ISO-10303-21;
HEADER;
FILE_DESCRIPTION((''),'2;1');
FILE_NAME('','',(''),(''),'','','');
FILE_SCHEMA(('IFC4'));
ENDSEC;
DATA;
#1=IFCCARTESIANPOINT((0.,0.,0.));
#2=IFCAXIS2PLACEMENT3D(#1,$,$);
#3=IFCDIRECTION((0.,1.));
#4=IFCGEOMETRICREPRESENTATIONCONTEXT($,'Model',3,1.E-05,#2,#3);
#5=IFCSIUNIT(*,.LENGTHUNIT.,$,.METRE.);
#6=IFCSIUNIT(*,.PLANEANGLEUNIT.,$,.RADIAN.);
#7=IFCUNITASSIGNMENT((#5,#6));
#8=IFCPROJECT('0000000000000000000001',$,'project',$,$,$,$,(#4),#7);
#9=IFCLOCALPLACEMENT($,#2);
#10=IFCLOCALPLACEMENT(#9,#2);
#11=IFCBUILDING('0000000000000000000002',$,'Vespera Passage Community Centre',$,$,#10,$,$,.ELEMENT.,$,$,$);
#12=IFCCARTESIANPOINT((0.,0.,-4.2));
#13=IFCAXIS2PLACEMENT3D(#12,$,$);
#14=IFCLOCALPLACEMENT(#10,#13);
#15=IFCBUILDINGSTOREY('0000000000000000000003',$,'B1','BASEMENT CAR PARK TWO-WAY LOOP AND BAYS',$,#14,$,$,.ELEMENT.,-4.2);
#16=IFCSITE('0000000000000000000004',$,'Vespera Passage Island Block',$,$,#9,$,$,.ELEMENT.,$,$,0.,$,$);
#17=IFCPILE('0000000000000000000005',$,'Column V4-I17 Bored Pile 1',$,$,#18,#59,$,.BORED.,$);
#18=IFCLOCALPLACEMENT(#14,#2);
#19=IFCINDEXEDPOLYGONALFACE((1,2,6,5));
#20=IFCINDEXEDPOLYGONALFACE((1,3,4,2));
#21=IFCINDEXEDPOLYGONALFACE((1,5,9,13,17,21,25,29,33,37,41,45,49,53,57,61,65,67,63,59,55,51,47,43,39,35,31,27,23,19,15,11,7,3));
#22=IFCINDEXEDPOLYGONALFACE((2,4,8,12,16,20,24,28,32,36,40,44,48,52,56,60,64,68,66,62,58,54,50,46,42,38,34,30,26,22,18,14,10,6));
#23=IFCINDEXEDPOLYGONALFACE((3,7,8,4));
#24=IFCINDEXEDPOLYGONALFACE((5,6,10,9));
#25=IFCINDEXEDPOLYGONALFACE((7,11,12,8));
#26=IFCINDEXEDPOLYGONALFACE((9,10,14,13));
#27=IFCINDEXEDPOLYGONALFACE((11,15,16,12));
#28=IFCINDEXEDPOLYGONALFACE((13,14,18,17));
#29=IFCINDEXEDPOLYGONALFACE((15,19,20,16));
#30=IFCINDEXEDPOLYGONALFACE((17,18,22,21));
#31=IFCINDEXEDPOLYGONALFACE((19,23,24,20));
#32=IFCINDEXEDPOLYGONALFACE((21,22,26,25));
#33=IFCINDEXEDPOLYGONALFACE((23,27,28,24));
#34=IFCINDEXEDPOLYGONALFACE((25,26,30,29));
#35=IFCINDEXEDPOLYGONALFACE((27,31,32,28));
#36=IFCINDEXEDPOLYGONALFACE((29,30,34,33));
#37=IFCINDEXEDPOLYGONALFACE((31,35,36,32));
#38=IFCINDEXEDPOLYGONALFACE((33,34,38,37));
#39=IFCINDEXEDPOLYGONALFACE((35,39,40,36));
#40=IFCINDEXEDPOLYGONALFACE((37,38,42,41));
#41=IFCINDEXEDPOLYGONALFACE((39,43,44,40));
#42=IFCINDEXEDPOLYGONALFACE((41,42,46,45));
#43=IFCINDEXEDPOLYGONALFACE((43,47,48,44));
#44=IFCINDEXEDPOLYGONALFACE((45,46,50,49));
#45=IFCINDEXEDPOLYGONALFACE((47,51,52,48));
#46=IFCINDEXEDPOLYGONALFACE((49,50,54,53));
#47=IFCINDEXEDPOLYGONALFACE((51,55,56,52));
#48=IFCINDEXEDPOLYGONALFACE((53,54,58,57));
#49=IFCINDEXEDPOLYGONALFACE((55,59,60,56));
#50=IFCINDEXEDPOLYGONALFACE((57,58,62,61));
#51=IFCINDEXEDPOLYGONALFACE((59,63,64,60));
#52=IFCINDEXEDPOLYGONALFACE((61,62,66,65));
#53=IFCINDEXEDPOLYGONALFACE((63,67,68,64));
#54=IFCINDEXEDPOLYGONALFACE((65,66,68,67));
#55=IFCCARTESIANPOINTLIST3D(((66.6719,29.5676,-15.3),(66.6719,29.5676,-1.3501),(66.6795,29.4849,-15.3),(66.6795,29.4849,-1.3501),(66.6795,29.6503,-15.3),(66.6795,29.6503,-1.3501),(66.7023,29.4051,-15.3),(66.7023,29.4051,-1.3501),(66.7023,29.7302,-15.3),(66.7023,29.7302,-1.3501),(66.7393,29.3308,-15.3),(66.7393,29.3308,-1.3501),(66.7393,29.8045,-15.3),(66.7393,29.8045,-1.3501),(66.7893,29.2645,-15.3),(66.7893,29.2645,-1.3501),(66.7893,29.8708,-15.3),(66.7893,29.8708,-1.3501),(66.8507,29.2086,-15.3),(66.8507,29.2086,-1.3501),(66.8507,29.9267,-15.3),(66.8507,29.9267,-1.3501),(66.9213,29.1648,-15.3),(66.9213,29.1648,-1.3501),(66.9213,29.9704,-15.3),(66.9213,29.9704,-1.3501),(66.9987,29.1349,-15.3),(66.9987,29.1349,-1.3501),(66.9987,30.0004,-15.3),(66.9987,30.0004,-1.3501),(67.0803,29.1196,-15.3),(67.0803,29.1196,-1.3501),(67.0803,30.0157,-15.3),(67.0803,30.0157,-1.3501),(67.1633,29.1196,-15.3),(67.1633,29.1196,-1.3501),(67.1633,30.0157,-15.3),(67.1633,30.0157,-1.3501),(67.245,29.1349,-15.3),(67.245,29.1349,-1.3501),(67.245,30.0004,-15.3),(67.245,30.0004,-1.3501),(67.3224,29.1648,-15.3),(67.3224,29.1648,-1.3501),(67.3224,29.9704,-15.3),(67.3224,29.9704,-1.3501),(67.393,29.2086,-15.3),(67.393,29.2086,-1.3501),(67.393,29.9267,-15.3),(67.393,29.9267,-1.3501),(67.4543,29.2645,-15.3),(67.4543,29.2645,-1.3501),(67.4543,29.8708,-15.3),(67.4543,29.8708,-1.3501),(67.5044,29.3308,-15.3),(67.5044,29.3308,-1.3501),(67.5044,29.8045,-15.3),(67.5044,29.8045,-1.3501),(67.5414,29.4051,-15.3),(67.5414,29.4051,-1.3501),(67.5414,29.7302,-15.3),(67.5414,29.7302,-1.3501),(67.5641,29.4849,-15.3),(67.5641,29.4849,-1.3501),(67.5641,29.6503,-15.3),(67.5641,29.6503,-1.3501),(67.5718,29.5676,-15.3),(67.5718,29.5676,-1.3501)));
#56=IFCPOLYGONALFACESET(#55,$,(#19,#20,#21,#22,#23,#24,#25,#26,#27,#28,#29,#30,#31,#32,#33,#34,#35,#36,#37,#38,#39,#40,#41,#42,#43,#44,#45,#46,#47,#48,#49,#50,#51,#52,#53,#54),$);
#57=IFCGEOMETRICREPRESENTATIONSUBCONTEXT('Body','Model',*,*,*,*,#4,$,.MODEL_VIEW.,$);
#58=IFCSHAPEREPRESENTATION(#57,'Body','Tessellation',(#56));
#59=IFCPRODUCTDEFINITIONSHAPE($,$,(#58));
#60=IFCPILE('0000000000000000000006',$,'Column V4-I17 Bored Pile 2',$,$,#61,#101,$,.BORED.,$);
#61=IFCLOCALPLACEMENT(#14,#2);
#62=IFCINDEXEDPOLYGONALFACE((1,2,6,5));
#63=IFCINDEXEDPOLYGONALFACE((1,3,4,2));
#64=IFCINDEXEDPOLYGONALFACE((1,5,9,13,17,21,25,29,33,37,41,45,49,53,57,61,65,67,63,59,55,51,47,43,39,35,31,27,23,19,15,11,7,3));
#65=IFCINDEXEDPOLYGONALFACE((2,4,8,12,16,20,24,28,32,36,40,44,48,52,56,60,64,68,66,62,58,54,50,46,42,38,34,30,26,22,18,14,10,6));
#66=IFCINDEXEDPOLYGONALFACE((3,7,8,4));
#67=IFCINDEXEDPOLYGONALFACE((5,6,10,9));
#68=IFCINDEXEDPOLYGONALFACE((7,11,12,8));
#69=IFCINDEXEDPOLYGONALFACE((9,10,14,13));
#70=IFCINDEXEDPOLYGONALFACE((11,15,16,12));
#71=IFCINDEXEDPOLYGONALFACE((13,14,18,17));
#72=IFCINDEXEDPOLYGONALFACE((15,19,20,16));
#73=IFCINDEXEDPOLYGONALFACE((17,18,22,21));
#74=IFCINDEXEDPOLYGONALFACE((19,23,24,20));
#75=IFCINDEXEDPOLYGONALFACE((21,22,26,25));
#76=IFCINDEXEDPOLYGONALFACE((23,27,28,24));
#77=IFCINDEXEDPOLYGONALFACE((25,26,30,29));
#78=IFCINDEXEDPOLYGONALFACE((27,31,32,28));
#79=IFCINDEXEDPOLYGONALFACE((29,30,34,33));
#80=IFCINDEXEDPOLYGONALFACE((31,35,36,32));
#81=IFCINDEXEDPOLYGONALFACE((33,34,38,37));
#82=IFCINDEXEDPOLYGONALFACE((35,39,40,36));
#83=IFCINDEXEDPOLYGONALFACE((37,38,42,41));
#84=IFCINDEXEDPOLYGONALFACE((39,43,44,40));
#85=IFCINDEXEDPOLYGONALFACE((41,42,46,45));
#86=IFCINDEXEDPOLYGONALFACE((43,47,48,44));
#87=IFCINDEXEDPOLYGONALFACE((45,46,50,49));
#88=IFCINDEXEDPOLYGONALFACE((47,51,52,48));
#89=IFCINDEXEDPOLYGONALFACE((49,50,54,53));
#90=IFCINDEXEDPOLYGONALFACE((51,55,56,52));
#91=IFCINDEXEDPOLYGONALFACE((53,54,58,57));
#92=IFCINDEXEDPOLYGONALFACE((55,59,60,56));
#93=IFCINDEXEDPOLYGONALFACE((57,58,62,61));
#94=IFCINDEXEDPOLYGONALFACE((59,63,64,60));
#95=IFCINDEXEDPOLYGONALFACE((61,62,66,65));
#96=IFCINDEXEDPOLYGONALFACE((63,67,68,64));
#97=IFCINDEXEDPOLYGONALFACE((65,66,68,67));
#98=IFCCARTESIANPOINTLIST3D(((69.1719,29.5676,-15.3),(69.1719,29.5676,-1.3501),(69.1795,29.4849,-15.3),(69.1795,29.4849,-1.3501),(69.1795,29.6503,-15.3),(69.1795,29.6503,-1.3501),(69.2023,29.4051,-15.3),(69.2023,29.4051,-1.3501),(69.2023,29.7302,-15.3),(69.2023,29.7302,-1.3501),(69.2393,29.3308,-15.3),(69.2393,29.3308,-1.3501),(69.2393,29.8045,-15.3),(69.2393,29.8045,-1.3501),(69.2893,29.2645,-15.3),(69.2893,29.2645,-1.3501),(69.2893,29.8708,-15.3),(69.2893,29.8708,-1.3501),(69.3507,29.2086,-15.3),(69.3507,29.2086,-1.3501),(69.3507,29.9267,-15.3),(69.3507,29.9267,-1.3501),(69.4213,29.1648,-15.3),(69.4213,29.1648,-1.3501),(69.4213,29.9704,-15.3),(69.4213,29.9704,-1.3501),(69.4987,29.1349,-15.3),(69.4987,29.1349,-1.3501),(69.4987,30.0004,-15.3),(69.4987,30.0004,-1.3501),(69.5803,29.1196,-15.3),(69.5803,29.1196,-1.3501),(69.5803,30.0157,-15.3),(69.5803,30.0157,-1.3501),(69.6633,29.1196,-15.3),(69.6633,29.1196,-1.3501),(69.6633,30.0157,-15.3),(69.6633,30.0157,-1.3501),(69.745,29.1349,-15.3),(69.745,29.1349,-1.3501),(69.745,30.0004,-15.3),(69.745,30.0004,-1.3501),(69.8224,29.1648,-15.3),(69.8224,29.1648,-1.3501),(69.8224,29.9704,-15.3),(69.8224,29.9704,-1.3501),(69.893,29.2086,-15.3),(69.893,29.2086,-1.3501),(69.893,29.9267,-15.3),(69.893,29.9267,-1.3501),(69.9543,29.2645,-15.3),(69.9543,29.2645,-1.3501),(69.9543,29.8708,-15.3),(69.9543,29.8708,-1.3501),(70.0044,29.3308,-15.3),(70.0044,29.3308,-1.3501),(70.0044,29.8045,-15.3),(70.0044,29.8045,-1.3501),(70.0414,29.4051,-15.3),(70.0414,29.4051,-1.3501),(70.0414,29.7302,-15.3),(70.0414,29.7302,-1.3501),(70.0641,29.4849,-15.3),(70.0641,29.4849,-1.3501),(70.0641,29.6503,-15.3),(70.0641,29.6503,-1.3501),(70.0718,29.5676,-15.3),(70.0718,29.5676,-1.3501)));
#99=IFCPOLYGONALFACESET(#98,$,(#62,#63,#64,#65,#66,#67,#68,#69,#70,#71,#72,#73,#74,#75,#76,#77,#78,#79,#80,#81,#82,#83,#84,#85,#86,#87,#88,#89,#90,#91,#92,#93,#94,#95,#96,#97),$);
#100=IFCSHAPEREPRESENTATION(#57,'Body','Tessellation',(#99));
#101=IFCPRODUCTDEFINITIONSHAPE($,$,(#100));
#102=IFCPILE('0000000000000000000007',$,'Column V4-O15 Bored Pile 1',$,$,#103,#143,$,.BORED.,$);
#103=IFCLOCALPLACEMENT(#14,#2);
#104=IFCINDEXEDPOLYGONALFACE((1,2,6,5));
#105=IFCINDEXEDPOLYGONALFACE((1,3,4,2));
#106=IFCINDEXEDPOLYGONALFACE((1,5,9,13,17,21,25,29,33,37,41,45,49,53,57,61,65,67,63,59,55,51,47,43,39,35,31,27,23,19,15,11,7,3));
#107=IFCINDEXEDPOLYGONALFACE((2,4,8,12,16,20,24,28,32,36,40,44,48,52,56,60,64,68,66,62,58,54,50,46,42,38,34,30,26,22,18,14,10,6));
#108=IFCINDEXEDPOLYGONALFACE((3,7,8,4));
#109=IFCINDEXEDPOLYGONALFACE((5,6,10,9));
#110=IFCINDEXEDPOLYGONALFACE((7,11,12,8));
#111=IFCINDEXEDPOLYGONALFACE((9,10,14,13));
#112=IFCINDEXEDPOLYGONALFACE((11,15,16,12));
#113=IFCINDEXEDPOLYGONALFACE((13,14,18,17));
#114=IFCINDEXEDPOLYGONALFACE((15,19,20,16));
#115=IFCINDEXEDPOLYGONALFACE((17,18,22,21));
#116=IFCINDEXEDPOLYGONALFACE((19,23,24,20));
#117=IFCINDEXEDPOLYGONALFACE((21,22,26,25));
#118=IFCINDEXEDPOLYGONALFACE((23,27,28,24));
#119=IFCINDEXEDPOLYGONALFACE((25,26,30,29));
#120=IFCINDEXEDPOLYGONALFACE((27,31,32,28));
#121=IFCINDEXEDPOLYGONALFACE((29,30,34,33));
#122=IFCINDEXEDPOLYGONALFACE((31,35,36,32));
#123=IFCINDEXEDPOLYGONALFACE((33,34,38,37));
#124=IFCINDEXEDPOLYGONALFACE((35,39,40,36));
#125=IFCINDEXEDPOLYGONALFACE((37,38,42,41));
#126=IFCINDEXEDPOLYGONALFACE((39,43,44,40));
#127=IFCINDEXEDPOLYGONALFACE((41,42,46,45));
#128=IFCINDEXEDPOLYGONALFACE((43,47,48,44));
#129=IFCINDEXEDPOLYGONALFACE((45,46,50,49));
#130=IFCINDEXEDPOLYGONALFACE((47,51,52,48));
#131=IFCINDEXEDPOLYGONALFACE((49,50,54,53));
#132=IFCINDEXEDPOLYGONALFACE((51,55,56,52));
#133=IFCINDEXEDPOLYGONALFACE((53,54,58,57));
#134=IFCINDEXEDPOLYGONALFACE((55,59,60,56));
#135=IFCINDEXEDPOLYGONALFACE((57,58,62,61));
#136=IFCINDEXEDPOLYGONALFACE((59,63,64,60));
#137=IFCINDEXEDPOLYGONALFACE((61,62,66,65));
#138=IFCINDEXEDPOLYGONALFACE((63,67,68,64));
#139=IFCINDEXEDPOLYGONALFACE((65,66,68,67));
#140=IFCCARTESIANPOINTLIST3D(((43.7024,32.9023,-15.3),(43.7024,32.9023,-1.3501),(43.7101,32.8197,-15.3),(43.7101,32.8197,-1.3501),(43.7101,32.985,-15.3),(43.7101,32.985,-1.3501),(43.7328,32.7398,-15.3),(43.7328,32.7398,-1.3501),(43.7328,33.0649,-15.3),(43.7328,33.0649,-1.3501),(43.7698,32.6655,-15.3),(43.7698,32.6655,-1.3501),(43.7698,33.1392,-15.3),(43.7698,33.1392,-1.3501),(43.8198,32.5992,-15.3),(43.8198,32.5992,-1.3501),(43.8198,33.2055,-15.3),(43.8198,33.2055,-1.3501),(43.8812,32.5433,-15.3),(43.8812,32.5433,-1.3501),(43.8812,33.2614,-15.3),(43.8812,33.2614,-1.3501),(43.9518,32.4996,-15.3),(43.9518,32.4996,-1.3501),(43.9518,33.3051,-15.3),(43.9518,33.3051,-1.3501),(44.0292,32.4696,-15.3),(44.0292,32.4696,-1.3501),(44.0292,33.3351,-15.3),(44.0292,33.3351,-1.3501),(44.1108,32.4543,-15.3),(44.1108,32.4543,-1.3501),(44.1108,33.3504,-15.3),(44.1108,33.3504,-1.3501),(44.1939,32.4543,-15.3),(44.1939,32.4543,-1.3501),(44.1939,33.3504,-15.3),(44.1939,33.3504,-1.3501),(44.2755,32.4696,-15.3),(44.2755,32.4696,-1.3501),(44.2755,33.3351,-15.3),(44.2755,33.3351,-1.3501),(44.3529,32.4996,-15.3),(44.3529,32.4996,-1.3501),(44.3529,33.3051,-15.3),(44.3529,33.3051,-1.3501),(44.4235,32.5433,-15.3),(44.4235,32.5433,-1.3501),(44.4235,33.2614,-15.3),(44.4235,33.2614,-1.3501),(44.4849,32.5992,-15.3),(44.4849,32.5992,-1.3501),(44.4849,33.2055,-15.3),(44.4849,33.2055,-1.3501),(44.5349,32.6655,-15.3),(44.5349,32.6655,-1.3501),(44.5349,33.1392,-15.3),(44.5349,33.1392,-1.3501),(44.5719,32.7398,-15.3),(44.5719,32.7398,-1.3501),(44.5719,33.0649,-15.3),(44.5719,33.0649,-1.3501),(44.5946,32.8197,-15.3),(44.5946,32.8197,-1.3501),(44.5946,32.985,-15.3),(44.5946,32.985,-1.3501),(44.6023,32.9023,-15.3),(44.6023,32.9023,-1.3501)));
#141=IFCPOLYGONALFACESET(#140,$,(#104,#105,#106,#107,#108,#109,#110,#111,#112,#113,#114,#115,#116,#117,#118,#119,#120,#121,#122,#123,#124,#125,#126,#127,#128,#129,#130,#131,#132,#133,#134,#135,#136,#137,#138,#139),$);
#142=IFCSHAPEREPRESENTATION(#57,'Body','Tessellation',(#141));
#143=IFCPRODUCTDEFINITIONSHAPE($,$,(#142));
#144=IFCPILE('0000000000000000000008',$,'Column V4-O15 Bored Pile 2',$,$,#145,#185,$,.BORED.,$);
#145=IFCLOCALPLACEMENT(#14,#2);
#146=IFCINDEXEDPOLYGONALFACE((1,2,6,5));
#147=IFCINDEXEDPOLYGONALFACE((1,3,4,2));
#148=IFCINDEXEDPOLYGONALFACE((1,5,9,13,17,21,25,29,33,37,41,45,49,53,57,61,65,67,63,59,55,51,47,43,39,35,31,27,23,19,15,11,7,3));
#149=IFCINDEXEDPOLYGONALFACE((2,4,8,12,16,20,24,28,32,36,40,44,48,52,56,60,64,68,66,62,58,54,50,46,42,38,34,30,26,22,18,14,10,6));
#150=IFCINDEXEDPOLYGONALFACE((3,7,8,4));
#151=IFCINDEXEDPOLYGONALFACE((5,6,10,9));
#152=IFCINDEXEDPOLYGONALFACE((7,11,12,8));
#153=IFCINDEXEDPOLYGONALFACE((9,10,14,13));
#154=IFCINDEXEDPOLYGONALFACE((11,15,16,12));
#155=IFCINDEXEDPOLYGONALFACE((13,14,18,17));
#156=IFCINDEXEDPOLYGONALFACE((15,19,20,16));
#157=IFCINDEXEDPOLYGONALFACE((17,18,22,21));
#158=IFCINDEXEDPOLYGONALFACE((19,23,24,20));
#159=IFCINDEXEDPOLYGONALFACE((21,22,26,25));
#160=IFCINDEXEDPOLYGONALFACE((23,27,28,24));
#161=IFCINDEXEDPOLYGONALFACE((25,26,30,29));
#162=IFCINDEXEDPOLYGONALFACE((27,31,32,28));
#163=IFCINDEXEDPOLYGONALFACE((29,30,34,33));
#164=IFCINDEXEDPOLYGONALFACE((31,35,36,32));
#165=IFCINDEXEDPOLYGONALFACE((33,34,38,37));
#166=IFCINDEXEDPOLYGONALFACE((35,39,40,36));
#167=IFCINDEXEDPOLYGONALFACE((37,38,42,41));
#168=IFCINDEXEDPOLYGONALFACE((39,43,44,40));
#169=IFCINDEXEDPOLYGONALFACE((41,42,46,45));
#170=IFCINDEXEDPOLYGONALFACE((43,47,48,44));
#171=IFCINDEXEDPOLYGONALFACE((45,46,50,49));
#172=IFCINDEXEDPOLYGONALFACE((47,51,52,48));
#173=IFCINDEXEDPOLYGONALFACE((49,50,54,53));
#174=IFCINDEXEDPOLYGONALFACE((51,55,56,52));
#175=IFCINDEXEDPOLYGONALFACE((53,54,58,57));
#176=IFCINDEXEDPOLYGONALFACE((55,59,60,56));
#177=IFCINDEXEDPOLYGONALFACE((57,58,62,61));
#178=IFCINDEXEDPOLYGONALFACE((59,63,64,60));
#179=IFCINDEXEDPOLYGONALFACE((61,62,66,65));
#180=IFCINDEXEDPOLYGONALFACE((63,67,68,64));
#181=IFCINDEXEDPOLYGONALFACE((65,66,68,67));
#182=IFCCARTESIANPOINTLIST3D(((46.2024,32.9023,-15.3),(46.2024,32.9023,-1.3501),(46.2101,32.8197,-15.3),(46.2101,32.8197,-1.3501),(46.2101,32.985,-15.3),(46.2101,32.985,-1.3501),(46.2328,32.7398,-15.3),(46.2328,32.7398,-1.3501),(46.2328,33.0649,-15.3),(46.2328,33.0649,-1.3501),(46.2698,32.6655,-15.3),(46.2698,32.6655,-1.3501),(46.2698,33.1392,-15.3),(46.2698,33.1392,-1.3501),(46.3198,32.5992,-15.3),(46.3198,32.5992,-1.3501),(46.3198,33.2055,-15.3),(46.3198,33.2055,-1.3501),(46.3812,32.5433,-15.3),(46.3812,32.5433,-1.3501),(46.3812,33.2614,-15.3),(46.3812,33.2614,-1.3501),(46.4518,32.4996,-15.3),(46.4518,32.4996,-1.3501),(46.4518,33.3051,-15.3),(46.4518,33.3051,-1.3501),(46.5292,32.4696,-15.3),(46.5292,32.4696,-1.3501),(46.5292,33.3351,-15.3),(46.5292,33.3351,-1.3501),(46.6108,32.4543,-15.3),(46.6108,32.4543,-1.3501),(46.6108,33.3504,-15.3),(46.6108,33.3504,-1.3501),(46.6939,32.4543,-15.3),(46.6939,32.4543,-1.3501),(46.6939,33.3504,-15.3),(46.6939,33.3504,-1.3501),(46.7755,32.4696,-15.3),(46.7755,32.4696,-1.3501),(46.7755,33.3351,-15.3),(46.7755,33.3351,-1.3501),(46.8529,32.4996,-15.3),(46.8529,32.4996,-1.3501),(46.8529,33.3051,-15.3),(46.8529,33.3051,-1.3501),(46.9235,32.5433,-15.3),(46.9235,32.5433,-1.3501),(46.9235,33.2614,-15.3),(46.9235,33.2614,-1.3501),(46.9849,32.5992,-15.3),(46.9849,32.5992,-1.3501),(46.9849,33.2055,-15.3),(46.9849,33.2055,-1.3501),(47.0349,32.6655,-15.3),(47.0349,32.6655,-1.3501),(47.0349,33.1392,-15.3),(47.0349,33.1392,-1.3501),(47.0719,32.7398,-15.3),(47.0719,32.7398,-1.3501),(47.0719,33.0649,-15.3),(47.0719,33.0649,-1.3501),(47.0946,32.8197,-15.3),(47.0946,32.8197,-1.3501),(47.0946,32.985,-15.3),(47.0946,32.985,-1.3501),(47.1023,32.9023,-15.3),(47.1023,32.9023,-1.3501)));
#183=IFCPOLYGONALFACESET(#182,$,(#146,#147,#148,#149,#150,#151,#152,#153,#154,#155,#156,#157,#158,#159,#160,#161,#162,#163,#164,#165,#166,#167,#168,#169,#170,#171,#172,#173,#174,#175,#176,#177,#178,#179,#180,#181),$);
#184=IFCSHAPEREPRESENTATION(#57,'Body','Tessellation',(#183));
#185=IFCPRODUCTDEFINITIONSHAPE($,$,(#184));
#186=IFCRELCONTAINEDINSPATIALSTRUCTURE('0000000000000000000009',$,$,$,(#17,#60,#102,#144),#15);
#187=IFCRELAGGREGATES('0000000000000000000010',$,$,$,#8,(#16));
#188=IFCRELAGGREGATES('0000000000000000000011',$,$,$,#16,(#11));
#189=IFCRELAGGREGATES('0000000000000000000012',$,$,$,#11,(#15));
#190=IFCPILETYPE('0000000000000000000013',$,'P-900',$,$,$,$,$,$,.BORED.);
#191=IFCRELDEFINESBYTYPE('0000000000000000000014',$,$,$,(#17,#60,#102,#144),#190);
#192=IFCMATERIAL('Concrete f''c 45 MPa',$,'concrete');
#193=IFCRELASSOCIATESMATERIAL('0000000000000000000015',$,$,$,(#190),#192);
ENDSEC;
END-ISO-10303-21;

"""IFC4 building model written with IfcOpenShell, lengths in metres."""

from ifc_helpers import new_model, si_unit, direction, frame, origin, origin_2d, place, context, subcontext, project, spatial, circle, extrude, material, material_profile, profile_set, type_object, element, save


model = new_model("IFC4")

# Units and contexts
model_context = context("Model", 3, precision=1e-05, world=origin(), true_north=direction((0.0, 1.0)))
body_context = subcontext(model_context, "Body", "Model", "MODEL_VIEW")
ifc_project = project(units=[si_unit("LENGTHUNIT", "METRE"), si_unit("PLANEANGLEUNIT", "RADIAN")], contexts=[model_context])

# Site, building, storey
site_placement = place(None, origin())
site = spatial("IfcSite", under=ifc_project, at=site_placement, Name="Vespera Passage Island Block", CompositionType="ELEMENT", RefElevation=0.0)
building_placement = place(site_placement, origin())
building = spatial("IfcBuilding", under=site, at=building_placement, Name="Vespera Passage Community Centre", CompositionType="ELEMENT")
storey_placement = place(building_placement, frame((0.0, 0.0, -4.2)))
storey = spatial("IfcBuildingStorey", under=building, at=storey_placement, Name="B1", Description="BASEMENT CAR PARK TWO-WAY LOOP AND BAYS", CompositionType="ELEMENT", Elevation=-4.2)

# Piles
ifc_material_1 = material(Name="Concrete f'c 45 MPa", Category="concrete")
ifc_material_profile_1 = material_profile(ifc_material_1, circle(Radius=0.45, at=origin_2d()), Name="PILE900DIA")
ifc_profile_set_1 = profile_set([ifc_material_profile_1], Name="Concrete f'c 45 MPa")
pile_type_1 = type_object("IfcPileType", Name="P-900", PredefinedType="BORED", material=ifc_profile_set_1)
for number, where, z_axis, x_axis, name in (
    (1, (67.1218, 29.5676, -1.3501), (0.0, 0.0, -1.0), (1.0, 0.0, 0.0), "Column V4-I17 Bored Pile 1"),
    (2, (69.6218, 29.5676, -1.3501), (0.0, 0.0, -1.0), (1.0, 0.0, 0.0), "Column V4-I17 Bored Pile 2"),
    (3, (44.1523, 32.9023, -1.3501), (0.0, 0.0, -1.0), (1.0, 0.0, 0.0), "Column V4-O15 Bored Pile 1"),
    (4, (46.6523, 32.9023, -1.3501), (0.0, 0.0, -1.0), (1.0, 0.0, 0.0), "Column V4-O15 Bored Pile 2"),
):
    element("IfcPile", number, at=place(storey_placement, frame(where, z_axis=z_axis, x_axis=x_axis)), inside=storey, type_object=pile_type_1, Name=name, PredefinedType="BORED", context=body_context, shape_type="SweptSolid", body=[
        extrude(circle(Radius=0.45, at=origin_2d()), origin(), (0.0, 0.0, 1.0), 13.95),
    ])

save(model, "model.ifc")
